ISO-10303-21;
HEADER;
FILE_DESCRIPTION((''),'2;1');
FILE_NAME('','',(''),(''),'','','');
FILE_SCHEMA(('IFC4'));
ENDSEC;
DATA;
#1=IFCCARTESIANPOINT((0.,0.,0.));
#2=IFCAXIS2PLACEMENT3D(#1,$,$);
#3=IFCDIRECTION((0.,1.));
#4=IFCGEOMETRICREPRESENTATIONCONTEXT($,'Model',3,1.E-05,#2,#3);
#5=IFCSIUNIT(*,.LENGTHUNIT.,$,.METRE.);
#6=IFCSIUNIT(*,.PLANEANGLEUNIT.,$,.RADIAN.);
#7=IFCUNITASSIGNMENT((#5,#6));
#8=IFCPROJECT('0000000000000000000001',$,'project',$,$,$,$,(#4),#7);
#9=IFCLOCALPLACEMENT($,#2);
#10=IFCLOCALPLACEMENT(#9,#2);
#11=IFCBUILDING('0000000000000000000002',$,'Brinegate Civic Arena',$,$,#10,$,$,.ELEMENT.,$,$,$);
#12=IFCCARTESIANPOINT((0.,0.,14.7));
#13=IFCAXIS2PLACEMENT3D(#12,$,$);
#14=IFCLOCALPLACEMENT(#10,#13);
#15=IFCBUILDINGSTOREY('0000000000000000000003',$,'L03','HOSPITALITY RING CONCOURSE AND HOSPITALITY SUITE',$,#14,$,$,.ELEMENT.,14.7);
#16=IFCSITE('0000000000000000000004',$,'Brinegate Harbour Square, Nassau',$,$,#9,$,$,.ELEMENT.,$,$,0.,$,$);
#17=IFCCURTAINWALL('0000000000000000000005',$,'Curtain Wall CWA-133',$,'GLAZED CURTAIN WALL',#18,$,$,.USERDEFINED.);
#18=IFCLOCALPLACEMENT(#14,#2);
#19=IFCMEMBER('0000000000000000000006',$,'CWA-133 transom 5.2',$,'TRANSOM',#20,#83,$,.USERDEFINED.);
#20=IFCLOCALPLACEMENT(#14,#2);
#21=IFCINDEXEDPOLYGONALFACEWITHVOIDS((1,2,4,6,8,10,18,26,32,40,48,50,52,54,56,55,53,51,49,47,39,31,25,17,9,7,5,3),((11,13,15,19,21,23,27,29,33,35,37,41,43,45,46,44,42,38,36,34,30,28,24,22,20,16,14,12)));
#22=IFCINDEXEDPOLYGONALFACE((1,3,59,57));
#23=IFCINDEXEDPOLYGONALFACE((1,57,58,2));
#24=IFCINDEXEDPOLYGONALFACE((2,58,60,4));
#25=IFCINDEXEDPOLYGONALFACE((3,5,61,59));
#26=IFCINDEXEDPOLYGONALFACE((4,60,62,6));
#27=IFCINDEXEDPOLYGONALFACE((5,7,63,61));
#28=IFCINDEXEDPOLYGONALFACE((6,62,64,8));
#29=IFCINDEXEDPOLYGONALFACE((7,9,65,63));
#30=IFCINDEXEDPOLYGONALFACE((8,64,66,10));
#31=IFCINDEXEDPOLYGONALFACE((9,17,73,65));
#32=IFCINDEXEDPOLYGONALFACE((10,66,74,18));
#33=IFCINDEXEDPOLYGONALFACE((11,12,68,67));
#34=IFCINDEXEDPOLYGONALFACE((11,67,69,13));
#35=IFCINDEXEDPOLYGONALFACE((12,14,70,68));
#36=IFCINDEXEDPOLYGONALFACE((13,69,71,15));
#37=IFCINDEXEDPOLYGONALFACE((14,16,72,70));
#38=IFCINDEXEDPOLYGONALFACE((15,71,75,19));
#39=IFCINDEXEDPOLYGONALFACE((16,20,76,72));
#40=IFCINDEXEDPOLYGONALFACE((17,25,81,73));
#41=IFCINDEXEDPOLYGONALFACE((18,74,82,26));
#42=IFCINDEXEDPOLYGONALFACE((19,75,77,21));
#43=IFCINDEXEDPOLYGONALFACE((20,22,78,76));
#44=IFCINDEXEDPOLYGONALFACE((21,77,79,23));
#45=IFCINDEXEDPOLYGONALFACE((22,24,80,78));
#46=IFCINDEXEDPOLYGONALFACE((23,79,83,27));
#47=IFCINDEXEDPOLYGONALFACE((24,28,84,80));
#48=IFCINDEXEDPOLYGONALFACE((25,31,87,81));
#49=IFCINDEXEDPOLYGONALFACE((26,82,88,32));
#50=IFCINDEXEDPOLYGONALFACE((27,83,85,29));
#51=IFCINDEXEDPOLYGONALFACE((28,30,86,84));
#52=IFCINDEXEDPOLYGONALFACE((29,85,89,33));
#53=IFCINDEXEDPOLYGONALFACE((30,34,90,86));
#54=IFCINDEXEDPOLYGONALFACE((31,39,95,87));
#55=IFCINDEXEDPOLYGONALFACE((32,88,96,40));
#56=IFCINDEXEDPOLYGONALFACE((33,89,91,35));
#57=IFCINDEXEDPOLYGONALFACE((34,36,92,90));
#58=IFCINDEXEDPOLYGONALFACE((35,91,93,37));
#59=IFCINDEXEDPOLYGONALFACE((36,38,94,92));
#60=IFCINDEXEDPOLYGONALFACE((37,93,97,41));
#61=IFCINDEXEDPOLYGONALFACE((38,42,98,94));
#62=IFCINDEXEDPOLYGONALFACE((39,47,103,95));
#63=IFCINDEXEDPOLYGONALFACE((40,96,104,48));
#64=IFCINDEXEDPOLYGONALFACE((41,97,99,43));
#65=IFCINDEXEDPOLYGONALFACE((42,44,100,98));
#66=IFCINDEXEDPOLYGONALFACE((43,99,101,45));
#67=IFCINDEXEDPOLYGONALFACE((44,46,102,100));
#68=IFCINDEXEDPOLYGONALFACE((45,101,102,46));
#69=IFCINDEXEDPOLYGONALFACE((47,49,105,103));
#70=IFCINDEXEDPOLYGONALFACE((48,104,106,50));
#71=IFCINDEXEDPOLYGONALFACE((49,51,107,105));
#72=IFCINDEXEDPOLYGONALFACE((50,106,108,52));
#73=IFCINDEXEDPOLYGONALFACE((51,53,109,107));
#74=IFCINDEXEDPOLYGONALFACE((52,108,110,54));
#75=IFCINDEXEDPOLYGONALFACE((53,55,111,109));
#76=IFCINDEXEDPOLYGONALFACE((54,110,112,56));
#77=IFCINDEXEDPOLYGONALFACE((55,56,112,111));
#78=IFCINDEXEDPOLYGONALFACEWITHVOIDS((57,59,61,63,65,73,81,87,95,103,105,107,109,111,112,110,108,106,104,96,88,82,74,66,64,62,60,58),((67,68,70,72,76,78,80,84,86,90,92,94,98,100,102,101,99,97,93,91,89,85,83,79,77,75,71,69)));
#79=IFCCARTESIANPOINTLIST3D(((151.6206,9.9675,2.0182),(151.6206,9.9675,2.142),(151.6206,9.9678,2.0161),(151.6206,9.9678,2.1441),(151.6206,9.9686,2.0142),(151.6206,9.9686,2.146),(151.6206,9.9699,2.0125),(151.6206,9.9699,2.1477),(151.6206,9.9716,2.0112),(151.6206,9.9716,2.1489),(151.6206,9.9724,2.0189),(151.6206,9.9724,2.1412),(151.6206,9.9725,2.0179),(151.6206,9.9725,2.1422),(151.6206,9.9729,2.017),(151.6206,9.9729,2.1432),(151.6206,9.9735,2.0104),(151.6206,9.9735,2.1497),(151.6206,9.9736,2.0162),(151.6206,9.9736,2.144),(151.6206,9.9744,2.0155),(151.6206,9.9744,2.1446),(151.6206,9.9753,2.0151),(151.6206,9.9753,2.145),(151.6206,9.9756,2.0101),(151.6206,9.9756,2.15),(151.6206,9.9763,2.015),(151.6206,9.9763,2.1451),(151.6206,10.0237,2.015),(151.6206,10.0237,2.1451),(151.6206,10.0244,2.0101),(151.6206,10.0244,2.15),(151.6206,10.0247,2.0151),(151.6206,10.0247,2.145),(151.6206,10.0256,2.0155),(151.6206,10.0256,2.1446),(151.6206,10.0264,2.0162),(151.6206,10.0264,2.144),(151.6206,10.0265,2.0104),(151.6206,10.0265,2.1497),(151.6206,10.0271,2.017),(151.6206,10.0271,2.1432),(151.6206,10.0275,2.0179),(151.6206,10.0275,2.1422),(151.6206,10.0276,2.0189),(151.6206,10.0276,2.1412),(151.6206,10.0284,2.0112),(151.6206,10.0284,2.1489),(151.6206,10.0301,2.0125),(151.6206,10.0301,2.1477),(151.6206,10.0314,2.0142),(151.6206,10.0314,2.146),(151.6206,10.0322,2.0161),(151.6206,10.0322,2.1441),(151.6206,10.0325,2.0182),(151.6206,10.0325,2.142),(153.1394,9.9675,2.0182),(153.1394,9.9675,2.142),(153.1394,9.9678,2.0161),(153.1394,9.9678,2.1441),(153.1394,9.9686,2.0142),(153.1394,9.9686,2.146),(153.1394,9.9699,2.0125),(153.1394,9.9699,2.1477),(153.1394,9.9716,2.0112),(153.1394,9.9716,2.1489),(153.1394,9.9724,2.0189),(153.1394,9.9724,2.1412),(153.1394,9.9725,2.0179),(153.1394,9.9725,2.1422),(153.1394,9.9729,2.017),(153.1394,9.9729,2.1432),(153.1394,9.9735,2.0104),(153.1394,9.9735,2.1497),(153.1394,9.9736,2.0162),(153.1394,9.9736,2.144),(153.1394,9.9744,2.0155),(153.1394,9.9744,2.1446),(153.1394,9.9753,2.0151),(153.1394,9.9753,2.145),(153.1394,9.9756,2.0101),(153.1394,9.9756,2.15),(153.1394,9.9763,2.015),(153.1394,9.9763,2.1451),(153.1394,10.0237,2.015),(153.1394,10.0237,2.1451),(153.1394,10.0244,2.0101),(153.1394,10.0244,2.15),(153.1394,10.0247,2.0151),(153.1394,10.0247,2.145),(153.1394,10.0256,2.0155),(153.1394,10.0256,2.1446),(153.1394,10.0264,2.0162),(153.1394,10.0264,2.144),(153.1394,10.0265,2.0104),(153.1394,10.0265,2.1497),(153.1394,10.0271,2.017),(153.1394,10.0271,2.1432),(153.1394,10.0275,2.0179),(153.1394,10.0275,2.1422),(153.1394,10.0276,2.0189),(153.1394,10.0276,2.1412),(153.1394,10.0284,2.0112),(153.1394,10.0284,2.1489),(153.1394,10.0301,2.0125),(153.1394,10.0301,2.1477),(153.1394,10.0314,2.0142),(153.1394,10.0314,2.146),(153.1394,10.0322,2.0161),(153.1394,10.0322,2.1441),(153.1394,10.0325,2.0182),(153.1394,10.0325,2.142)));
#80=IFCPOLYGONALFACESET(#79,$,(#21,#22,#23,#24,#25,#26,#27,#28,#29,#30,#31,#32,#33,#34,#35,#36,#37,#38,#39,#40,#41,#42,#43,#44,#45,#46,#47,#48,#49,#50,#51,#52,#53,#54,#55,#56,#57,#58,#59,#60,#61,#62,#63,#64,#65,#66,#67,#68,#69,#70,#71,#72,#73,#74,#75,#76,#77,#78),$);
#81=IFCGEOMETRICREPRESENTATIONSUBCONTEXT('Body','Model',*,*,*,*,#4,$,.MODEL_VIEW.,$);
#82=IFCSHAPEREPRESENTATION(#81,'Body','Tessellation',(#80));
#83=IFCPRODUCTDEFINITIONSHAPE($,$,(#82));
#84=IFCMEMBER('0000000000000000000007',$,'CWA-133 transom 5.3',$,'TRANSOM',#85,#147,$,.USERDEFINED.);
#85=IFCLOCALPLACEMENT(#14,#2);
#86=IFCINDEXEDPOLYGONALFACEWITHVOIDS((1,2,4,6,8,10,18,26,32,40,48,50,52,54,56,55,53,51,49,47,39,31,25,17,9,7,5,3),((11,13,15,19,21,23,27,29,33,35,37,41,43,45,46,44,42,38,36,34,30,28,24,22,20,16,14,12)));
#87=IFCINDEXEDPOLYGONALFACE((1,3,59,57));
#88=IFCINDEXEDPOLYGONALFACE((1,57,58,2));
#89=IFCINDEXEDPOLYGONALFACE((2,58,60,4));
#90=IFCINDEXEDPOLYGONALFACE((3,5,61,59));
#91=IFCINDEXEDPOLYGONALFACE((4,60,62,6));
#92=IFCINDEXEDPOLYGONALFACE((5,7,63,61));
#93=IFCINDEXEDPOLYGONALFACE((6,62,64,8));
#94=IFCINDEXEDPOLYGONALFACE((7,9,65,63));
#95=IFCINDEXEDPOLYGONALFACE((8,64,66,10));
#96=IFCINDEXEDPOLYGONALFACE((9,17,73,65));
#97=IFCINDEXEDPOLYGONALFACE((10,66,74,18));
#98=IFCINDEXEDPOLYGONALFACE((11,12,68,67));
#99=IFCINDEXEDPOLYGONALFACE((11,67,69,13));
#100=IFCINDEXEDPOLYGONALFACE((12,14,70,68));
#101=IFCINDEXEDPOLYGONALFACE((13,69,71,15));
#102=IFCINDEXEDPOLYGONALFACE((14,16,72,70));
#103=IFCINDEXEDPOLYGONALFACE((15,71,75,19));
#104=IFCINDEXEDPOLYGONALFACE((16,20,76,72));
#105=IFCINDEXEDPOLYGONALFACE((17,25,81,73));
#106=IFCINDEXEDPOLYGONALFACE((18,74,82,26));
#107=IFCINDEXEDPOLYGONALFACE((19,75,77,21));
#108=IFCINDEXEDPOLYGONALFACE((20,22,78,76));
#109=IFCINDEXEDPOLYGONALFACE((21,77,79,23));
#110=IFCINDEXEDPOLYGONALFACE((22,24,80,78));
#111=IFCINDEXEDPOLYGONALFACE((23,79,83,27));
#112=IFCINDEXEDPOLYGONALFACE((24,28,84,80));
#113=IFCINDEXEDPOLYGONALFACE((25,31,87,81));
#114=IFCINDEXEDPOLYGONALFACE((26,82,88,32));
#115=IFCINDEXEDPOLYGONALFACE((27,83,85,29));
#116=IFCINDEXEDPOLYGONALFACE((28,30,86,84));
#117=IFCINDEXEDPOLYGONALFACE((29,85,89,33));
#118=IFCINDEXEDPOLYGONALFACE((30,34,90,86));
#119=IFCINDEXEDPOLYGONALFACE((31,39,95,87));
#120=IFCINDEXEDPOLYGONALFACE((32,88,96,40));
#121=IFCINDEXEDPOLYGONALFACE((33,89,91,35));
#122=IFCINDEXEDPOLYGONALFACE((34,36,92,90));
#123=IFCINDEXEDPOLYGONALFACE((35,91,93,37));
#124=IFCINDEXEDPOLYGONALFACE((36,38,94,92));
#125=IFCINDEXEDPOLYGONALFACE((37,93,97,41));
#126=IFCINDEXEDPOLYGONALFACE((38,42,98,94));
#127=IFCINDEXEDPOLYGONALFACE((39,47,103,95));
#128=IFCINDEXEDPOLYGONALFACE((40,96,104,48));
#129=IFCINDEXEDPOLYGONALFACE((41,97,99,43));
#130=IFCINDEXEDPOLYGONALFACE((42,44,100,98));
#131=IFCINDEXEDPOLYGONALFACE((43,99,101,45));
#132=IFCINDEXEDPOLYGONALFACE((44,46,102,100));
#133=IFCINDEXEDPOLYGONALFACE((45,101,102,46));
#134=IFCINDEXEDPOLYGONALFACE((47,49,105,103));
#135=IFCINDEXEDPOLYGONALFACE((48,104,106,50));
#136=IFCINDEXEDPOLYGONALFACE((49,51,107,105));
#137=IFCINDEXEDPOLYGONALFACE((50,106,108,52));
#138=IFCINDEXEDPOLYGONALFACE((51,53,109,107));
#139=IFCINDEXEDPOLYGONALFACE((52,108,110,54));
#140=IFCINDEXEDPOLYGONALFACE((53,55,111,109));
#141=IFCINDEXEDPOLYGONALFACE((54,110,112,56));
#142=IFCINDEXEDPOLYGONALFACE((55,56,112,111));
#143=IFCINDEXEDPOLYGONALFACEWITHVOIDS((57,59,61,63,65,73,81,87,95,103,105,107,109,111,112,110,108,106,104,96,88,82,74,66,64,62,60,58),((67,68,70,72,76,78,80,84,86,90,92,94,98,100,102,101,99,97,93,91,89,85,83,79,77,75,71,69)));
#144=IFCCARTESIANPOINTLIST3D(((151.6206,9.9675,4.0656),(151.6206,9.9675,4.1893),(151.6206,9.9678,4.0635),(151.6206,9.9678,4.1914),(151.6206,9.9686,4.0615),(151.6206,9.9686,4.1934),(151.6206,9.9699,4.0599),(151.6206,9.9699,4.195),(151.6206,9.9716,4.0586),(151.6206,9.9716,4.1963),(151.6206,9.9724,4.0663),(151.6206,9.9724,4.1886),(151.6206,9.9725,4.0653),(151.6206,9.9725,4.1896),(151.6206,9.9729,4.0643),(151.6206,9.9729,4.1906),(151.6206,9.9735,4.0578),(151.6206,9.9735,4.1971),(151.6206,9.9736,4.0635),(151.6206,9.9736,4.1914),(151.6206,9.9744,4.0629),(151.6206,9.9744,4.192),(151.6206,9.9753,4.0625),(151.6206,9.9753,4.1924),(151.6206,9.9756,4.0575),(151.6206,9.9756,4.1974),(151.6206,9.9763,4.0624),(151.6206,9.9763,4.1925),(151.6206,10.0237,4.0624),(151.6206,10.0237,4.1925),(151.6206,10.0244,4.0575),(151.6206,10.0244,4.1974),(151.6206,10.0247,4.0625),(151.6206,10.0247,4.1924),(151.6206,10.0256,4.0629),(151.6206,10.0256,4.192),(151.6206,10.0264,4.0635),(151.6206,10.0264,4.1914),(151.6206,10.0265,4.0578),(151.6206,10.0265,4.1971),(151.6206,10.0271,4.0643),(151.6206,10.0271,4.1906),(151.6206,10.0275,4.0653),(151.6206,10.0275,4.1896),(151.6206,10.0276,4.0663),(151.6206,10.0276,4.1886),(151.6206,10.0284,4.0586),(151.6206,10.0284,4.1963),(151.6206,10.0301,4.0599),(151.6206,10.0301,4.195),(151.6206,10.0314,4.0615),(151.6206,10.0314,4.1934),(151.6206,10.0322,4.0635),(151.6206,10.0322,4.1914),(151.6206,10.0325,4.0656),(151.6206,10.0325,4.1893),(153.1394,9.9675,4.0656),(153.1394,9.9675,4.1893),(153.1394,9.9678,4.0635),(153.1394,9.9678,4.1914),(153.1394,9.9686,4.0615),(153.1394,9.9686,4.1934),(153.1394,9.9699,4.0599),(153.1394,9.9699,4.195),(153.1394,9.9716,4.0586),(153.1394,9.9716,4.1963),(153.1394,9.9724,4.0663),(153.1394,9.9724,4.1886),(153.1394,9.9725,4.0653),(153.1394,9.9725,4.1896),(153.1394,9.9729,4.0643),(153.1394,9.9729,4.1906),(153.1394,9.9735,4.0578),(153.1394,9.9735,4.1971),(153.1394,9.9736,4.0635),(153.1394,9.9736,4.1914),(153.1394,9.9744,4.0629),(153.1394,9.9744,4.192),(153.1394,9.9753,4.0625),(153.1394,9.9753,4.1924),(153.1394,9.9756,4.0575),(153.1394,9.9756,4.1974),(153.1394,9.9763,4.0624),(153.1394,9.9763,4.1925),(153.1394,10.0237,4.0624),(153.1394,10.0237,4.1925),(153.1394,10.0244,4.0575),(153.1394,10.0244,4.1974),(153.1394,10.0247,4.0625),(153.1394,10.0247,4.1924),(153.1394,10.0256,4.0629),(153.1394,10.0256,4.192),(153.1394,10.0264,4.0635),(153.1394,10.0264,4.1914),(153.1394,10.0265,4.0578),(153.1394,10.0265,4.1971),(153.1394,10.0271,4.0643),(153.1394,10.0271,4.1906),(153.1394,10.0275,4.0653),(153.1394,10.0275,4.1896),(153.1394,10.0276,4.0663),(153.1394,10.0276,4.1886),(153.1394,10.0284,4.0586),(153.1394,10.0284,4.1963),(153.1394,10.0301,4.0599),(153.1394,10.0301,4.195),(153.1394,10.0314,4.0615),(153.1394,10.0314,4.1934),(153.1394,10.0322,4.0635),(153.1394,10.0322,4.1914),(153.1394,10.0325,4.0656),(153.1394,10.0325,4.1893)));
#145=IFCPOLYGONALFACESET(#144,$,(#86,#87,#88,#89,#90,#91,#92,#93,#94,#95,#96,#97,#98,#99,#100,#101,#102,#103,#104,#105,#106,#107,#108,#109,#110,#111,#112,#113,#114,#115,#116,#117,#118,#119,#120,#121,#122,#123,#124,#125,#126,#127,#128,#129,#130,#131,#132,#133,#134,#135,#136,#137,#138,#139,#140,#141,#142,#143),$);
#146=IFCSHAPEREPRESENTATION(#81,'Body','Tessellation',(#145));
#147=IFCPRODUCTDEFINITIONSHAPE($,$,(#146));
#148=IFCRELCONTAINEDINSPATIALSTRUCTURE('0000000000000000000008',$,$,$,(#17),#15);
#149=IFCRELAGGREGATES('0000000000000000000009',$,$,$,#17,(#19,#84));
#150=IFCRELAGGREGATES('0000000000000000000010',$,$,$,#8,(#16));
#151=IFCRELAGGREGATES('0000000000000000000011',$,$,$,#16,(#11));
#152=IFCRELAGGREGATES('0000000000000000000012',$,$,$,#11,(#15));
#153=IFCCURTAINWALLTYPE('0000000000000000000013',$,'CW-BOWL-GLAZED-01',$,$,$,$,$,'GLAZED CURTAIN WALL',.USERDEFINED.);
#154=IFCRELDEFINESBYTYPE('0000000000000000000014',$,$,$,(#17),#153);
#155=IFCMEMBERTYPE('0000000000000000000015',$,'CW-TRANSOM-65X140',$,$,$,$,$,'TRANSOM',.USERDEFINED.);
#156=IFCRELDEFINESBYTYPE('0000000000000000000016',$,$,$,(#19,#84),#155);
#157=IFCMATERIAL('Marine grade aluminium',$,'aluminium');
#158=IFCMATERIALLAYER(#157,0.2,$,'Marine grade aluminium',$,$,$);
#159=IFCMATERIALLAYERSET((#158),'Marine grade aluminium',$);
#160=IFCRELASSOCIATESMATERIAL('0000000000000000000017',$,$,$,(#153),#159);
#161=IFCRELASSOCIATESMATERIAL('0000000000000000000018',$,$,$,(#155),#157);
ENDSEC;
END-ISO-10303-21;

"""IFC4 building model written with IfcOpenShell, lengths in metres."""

from ifc_helpers import new_model, si_unit, direction, frame, origin, origin_2d, place, context, subcontext, project, spatial, hollow_rectangle, extrude, material, layer, layer_set, material_profile, profile_set, type_object, element, aggregate, save


model = new_model("IFC4")

# Units and contexts
model_context = context("Model", 3, precision=1e-05, world=origin(), true_north=direction((0.0, 1.0)))
body_context = subcontext(model_context, "Body", "Model", "MODEL_VIEW")
ifc_project = project(units=[si_unit("LENGTHUNIT", "METRE"), si_unit("PLANEANGLEUNIT", "RADIAN")], contexts=[model_context])

# Site, building, storey
site_placement = place(None, origin())
site = spatial("IfcSite", under=ifc_project, at=site_placement, Name="Brinegate Harbour Square, Nassau", CompositionType="ELEMENT", RefElevation=0.0)
building_placement = place(site_placement, origin())
building = spatial("IfcBuilding", under=site, at=building_placement, Name="Brinegate Civic Arena", CompositionType="ELEMENT")
storey_placement = place(building_placement, frame((0.0, 0.0, 14.7)))
storey = spatial("IfcBuildingStorey", under=building, at=storey_placement, Name="L03", Description="HOSPITALITY RING CONCOURSE AND HOSPITALITY SUITE", CompositionType="ELEMENT", Elevation=14.7)

# Curtain wall, members
ifc_material_1 = material(Name="Marine grade aluminium", Category="aluminium")
ifc_layer_1 = layer(ifc_material_1, 0.2, Name="Marine grade aluminium")
ifc_layer_set_1 = layer_set([ifc_layer_1], Name="Marine grade aluminium")
curtain_wall_type = type_object("IfcCurtainWallType", Name="CW-BOWL-GLAZED-01", ElementType="GLAZED CURTAIN WALL", PredefinedType="USERDEFINED", material=ifc_layer_set_1)
curtain_wall_placement = place(storey_placement, origin())
curtain_wall = element("IfcCurtainWall", 1, at=curtain_wall_placement, inside=storey, type_object=curtain_wall_type, Name="Curtain Wall CWA-133", ObjectType="GLAZED CURTAIN WALL", PredefinedType="USERDEFINED")
ifc_material_profile_1 = material_profile(ifc_material_1, hollow_rectangle(XDim=0.0649, YDim=0.1399, WallThickness=0.0049, InnerFilletRadius=0.0039, OuterFilletRadius=0.0081, at=origin_2d()), Name="TRN65X140")
ifc_profile_set_1 = profile_set([ifc_material_profile_1], Name="Marine grade aluminium")
member_type_1 = type_object("IfcMemberType", Name="CW-TRANSOM-65X140", ElementType="TRANSOM", PredefinedType="USERDEFINED", material=ifc_profile_set_1)
member_1_placement = place(storey_placement, frame((151.6206, 10.0, 2.0801), z_axis=(1.0, 0.0, 0.0), x_axis=(0.0, 1.0, 0.0)))
member_1 = element("IfcMember", 2, at=member_1_placement, type_object=member_type_1, Name="CWA-133 transom 5.2", ObjectType="TRANSOM", PredefinedType="USERDEFINED", context=body_context, shape_type="SweptSolid", body=[
    extrude(hollow_rectangle(XDim=0.0649, YDim=0.1399, WallThickness=0.0049, InnerFilletRadius=0.0039, OuterFilletRadius=0.0081, at=origin_2d()), origin(), (0.0, 0.0, 1.0), 1.5188),
])
member_2_placement = place(storey_placement, frame((151.6206, 10.0, 4.1274), z_axis=(1.0, 0.0, 0.0), x_axis=(0.0, 1.0, 0.0)))
member_2 = element("IfcMember", 3, at=member_2_placement, type_object=member_type_1, Name="CWA-133 transom 5.3", ObjectType="TRANSOM", PredefinedType="USERDEFINED", context=body_context, shape_type="SweptSolid", body=[
    extrude(hollow_rectangle(XDim=0.0649, YDim=0.1399, WallThickness=0.0049, InnerFilletRadius=0.0039, OuterFilletRadius=0.0081, at=origin_2d()), origin(), (0.0, 0.0, 1.0), 1.5188),
])

aggregate(curtain_wall, [member_1, member_2])

save(model, "model.ifc")
